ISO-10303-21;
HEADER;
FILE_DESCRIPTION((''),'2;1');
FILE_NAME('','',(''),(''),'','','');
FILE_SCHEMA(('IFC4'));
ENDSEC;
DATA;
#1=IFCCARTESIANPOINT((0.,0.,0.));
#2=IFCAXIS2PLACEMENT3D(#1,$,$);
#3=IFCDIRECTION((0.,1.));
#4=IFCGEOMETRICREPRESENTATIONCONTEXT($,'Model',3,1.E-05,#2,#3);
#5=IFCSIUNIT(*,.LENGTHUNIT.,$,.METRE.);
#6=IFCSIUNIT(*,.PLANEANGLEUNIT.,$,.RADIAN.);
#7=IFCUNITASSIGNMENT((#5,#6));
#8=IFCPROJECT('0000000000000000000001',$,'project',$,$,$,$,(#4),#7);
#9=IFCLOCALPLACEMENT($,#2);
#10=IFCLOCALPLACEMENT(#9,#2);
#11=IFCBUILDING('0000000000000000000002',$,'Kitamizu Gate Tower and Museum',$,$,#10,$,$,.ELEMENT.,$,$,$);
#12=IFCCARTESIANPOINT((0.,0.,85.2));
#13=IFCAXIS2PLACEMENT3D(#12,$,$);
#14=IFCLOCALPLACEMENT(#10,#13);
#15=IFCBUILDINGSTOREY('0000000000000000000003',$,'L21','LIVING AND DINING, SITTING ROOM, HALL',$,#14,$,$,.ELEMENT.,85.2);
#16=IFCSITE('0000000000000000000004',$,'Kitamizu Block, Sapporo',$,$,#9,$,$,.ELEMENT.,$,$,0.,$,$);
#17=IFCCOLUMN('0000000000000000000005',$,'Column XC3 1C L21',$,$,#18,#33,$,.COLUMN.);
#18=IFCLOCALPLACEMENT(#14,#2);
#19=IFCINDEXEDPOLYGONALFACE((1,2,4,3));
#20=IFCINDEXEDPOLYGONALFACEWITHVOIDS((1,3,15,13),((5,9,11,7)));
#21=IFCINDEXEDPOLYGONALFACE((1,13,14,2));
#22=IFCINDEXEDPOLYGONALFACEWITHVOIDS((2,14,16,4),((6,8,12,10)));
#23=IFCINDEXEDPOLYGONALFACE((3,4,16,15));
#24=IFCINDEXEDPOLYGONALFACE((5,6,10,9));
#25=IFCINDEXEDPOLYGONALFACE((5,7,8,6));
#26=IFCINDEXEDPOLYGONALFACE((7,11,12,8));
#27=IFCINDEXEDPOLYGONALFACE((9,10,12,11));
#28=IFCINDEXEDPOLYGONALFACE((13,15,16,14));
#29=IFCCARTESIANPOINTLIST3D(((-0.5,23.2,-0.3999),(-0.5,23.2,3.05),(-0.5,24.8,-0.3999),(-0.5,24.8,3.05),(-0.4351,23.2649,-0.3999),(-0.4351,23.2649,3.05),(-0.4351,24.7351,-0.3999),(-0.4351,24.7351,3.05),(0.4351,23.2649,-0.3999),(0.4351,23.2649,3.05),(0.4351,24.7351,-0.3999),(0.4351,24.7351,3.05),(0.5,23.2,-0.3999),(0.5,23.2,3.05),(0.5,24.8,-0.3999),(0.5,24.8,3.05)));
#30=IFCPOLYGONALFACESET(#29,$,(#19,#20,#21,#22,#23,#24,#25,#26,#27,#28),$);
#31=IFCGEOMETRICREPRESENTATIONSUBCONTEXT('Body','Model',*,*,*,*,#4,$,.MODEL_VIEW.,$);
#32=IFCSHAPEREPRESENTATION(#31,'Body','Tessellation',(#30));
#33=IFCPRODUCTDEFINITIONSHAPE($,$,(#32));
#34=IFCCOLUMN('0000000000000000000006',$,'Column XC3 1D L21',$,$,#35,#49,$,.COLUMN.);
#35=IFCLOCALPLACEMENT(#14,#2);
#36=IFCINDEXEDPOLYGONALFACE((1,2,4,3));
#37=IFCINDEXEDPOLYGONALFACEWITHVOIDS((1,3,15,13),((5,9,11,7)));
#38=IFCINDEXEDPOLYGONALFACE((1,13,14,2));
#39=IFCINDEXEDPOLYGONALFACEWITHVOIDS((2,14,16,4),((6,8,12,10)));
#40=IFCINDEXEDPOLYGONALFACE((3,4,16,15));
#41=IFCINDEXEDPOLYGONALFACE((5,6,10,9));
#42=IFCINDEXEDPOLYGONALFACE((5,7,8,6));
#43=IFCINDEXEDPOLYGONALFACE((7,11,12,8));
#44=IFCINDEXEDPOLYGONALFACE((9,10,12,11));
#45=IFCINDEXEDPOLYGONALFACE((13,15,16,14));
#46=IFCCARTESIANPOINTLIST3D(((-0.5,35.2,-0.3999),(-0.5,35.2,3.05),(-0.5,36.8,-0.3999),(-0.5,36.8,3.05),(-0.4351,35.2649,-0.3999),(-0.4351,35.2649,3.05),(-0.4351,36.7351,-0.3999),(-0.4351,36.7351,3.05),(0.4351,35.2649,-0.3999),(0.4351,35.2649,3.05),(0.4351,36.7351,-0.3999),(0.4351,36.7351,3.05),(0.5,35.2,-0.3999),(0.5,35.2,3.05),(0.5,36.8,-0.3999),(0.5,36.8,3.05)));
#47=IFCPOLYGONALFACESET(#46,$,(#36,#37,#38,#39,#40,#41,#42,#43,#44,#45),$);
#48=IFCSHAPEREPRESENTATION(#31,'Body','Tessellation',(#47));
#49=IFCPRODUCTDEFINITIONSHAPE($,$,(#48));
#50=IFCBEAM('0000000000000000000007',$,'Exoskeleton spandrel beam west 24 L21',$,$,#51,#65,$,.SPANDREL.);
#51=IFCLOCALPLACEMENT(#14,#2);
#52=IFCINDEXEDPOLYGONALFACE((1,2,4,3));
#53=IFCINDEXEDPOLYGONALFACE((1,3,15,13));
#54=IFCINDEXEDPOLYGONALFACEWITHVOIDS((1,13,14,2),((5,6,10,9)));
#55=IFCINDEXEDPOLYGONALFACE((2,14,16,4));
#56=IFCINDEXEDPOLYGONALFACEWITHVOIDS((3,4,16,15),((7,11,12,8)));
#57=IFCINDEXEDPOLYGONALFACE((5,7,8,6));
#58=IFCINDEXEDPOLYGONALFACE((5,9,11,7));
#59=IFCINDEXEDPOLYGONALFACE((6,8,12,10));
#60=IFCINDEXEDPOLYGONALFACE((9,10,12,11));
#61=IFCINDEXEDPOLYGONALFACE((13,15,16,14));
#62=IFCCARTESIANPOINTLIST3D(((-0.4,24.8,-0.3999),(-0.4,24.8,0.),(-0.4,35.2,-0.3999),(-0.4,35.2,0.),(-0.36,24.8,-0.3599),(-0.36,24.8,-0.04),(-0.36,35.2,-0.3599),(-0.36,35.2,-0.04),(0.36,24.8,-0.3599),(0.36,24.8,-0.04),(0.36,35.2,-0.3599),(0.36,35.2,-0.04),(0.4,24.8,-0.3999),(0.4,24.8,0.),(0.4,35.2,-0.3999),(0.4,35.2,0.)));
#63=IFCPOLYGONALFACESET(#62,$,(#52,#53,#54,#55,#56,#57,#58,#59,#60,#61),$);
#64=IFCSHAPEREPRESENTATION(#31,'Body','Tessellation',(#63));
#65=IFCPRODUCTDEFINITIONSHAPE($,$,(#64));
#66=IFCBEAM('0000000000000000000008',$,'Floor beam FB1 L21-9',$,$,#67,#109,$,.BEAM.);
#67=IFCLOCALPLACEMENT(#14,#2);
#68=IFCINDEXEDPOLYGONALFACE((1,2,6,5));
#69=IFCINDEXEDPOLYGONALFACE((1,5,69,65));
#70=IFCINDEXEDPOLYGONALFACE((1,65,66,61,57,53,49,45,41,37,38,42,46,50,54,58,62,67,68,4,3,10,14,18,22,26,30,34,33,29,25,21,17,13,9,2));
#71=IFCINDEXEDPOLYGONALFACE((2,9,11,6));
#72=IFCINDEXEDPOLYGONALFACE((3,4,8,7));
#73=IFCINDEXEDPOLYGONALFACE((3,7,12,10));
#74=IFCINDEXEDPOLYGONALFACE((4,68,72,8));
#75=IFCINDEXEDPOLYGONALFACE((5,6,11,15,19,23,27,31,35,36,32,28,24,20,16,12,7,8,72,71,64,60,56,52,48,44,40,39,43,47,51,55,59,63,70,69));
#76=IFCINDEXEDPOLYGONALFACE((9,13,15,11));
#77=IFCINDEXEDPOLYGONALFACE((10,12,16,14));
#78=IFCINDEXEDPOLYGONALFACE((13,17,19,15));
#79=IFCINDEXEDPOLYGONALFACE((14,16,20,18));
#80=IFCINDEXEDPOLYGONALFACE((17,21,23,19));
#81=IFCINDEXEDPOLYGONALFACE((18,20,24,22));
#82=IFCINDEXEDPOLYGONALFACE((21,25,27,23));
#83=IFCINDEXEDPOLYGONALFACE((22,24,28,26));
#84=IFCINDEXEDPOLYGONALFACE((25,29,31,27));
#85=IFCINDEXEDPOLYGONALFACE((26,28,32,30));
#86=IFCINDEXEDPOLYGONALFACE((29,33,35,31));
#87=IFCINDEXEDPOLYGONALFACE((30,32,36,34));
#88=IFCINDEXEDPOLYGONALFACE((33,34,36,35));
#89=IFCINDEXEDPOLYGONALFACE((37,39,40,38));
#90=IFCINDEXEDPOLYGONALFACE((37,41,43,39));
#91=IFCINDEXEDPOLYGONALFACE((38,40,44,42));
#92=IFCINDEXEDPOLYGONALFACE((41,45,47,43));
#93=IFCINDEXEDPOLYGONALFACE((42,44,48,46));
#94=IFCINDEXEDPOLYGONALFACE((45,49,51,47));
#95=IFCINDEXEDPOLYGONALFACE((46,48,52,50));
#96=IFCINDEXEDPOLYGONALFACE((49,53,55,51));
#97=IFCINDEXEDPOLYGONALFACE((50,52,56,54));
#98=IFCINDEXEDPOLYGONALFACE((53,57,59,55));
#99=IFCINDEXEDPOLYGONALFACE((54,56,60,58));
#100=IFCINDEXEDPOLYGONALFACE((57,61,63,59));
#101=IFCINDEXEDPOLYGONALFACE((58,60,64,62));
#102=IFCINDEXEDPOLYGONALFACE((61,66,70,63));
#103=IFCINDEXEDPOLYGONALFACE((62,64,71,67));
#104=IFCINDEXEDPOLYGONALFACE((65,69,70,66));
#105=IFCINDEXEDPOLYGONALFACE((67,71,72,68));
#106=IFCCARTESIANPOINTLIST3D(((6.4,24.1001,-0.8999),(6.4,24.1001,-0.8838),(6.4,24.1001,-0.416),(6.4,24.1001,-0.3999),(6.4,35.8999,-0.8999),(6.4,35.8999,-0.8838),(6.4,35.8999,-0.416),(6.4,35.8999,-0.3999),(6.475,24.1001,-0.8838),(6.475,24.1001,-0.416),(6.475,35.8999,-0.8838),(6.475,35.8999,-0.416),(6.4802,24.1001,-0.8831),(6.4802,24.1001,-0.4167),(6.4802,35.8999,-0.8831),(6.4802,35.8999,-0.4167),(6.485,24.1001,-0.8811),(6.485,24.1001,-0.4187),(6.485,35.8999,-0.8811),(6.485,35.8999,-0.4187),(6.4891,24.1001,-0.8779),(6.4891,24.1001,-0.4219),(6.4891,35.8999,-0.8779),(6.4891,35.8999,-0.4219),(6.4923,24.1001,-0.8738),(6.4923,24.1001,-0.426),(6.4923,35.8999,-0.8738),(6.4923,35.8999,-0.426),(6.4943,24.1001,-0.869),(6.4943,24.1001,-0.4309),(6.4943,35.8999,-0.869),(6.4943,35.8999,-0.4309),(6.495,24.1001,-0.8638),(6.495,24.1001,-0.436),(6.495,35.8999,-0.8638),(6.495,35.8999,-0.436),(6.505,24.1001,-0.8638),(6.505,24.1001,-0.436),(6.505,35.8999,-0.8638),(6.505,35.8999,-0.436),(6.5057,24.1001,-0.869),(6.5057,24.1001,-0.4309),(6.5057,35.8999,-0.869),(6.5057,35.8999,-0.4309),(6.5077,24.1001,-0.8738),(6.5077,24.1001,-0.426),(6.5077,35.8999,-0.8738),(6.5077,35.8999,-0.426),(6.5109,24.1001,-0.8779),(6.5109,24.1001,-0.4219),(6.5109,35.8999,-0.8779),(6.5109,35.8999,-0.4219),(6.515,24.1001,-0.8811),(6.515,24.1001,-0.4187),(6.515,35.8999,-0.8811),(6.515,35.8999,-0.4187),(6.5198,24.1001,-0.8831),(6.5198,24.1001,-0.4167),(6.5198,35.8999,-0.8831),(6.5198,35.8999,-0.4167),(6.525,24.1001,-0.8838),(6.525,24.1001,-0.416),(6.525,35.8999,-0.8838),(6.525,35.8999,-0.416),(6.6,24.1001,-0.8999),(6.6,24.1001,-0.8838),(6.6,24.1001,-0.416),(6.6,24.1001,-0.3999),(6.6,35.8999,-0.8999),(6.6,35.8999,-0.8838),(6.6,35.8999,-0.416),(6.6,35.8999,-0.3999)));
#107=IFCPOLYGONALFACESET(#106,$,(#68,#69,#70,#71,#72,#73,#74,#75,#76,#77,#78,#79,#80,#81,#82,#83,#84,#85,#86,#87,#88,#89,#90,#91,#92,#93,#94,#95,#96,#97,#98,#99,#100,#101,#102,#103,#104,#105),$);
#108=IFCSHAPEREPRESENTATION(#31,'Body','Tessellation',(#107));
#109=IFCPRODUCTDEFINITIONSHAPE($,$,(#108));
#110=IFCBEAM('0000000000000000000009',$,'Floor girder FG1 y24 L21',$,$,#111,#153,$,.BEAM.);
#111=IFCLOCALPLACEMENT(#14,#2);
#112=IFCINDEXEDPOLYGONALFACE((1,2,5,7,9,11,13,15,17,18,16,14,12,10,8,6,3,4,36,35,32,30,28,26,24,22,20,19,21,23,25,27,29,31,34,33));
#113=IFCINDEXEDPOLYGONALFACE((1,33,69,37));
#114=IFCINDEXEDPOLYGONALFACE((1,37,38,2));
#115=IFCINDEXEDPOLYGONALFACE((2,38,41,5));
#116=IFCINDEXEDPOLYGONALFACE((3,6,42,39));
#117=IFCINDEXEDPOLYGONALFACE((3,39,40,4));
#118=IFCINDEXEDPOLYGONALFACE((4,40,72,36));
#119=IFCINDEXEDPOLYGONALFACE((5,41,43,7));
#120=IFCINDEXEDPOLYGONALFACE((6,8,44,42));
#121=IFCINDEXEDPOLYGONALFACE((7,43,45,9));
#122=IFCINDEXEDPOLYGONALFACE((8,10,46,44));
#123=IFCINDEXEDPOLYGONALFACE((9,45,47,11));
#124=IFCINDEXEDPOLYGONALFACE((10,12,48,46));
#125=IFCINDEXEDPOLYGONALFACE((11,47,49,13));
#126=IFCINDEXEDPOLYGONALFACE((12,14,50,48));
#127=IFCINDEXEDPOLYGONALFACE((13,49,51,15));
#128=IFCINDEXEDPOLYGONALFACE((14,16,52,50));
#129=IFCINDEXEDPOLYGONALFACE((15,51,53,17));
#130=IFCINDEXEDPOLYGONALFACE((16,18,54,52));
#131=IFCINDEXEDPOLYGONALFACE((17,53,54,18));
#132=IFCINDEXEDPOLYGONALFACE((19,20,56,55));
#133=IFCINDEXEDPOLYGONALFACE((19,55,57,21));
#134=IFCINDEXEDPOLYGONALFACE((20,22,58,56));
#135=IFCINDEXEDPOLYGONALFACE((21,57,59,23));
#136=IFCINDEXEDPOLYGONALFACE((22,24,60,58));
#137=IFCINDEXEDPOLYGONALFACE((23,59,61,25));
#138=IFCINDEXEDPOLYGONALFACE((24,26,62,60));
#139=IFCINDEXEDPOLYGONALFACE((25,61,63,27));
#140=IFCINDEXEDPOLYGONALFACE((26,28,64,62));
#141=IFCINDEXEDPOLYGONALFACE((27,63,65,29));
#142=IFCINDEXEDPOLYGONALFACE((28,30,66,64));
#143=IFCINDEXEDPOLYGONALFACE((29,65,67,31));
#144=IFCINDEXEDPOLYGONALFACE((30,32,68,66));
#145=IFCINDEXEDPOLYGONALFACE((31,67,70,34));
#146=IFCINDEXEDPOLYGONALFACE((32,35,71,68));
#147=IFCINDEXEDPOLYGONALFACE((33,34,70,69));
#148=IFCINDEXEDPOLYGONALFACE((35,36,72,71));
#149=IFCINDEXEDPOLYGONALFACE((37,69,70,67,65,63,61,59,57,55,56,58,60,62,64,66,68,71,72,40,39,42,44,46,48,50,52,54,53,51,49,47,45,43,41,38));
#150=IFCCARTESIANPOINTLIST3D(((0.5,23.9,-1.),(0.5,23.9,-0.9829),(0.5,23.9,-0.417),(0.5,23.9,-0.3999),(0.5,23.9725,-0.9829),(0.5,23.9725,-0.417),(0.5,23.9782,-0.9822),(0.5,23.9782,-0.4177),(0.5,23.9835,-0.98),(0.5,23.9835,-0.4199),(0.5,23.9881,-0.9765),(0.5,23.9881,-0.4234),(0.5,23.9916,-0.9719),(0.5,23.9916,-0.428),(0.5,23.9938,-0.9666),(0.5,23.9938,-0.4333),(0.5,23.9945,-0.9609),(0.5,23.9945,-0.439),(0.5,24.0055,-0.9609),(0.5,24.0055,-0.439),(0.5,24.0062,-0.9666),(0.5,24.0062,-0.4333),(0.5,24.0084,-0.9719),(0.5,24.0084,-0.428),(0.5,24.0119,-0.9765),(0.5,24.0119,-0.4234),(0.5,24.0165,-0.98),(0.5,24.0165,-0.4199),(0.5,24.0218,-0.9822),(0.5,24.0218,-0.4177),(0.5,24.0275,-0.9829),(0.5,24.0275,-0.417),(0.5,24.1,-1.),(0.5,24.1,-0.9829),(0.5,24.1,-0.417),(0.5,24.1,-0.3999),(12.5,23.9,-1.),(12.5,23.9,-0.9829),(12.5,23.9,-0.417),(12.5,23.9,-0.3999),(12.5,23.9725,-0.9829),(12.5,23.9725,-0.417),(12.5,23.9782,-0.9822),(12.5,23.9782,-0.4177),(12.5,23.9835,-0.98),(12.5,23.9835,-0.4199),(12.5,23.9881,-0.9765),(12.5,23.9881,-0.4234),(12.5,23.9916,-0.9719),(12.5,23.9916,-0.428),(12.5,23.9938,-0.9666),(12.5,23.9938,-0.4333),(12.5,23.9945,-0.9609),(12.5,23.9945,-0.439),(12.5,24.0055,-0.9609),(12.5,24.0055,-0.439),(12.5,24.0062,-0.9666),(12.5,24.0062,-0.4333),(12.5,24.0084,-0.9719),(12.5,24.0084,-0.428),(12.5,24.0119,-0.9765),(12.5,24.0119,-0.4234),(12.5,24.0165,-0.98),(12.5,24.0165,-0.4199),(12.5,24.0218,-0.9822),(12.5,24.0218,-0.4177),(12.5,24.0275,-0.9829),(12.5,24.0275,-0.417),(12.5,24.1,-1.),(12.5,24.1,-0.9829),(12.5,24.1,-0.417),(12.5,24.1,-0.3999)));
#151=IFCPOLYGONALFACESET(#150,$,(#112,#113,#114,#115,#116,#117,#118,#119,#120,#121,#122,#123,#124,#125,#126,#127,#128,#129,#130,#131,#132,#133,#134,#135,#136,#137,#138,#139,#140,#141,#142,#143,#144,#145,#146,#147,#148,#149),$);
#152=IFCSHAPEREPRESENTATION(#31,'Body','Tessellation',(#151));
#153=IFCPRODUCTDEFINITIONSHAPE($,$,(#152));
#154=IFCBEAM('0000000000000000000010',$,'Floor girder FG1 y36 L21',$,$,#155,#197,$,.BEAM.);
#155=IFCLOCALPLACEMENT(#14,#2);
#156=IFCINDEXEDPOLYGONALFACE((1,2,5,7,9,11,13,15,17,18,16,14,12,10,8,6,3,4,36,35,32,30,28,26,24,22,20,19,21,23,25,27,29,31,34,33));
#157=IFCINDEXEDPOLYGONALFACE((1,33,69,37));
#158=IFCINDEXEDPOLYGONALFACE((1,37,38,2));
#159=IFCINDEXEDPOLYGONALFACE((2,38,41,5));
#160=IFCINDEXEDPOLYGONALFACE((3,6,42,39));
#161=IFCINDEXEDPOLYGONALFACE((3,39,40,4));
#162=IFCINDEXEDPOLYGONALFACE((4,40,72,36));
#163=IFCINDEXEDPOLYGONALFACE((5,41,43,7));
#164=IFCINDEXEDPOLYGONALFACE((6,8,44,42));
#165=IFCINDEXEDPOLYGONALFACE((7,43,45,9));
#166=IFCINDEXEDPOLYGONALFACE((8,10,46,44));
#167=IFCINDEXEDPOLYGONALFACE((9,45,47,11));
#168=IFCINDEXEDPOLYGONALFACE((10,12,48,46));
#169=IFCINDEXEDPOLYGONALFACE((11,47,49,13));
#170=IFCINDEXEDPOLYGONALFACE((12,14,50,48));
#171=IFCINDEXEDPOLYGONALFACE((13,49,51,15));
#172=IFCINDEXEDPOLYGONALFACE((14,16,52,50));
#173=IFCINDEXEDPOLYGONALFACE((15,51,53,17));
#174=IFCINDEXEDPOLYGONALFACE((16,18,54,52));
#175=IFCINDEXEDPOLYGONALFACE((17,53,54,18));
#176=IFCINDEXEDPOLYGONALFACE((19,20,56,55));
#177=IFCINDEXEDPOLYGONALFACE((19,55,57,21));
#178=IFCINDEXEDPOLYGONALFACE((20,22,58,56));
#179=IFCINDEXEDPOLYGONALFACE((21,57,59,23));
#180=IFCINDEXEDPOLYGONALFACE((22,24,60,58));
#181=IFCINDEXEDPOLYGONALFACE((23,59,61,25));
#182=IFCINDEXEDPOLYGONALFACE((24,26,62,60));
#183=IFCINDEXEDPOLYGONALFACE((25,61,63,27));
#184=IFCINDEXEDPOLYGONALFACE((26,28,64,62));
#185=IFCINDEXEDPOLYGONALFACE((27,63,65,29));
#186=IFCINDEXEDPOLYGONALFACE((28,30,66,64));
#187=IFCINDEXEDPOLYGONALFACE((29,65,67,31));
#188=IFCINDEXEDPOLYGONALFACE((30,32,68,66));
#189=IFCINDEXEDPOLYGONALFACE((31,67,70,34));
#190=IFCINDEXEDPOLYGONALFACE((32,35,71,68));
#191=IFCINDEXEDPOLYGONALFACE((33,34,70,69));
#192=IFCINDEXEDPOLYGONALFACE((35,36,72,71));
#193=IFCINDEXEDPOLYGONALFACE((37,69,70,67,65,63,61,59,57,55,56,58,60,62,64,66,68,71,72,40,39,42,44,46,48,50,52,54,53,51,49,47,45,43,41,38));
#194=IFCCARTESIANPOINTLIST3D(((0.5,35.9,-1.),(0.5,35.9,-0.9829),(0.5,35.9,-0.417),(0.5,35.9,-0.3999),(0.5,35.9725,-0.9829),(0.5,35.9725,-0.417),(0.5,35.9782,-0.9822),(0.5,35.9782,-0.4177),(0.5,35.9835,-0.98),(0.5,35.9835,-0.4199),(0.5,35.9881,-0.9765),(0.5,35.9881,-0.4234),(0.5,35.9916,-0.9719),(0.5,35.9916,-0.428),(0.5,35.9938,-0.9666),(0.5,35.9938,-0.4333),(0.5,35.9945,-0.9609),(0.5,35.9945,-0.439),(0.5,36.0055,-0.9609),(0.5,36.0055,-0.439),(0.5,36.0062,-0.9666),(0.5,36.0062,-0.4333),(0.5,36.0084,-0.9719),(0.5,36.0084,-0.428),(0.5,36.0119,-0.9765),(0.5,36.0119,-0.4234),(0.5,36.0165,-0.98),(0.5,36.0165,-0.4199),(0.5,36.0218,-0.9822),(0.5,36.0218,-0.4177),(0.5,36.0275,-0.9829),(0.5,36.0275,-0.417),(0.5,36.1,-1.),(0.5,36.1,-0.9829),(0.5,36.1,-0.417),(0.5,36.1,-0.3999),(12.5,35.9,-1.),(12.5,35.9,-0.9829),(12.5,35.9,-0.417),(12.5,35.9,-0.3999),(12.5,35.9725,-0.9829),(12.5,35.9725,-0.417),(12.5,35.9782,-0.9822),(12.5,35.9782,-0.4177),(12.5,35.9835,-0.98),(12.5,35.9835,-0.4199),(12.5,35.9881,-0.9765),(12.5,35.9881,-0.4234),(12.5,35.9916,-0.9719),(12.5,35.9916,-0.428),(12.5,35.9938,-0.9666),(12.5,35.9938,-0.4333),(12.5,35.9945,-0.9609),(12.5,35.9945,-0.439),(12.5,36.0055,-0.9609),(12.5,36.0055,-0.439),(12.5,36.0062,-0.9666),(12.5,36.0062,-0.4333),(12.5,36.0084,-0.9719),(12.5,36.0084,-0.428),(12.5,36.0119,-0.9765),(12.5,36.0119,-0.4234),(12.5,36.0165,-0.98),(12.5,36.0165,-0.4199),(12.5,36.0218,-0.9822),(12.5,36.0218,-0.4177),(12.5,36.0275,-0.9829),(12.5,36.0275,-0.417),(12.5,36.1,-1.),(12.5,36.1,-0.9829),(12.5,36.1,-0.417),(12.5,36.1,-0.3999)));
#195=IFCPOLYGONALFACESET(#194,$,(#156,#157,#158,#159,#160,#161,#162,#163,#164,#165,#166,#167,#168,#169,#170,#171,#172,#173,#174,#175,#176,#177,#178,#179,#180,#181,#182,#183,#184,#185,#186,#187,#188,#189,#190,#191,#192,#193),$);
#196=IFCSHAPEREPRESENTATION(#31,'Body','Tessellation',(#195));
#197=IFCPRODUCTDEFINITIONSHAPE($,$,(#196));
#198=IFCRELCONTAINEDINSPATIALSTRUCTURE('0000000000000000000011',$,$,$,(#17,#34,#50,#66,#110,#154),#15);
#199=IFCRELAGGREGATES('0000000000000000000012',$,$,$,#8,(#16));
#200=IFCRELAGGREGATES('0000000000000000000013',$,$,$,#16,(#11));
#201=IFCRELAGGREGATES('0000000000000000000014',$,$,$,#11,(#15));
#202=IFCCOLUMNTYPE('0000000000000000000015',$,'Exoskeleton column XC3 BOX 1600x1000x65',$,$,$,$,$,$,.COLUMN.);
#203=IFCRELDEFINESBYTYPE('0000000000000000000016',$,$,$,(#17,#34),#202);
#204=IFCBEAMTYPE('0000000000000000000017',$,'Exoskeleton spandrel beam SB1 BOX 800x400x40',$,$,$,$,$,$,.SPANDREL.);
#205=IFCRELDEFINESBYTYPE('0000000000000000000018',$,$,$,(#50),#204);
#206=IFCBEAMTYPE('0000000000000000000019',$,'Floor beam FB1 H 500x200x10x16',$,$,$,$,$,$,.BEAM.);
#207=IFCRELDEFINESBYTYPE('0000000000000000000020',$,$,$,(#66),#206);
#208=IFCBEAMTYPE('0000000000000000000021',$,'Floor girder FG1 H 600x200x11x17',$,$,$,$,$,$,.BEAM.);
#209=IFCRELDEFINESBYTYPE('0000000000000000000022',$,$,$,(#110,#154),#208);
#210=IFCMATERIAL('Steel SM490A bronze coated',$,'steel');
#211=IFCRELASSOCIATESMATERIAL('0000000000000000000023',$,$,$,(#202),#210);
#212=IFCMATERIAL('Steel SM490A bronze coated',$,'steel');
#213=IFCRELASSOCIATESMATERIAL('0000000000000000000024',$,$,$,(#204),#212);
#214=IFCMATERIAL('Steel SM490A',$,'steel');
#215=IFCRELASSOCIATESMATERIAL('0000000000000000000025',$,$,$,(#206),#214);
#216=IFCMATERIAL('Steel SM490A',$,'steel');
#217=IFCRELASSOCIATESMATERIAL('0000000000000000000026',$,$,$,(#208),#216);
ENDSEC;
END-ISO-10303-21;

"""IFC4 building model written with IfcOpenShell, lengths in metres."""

from ifc_helpers import new_model, si_unit, direction, frame, origin, origin_2d, place, context, subcontext, project, spatial, hollow_rectangle, i_section, extrude, material, material_profile, profile_set, type_object, element, save


model = new_model("IFC4")

# Units and contexts
model_context = context("Model", 3, precision=1e-05, world=origin(), true_north=direction((0.0, 1.0)))
body_context = subcontext(model_context, "Body", "Model", "MODEL_VIEW")
ifc_project = project(units=[si_unit("LENGTHUNIT", "METRE"), si_unit("PLANEANGLEUNIT", "RADIAN")], contexts=[model_context])

# Site, building, storey
site_placement = place(None, origin())
site = spatial("IfcSite", under=ifc_project, at=site_placement, Name="Kitamizu Block, Sapporo", CompositionType="ELEMENT", RefElevation=0.0)
building_placement = place(site_placement, origin())
building = spatial("IfcBuilding", under=site, at=building_placement, Name="Kitamizu Gate Tower and Museum", CompositionType="ELEMENT")
storey_placement = place(building_placement, frame((0.0, 0.0, 85.2)))
storey = spatial("IfcBuildingStorey", under=building, at=storey_placement, Name="L21", Description="LIVING AND DINING, SITTING ROOM, HALL", CompositionType="ELEMENT", Elevation=85.2)

# Columns
ifc_material_1 = material(Name="Steel SM490A bronze coated", Category="steel")
ifc_material_profile_1 = material_profile(ifc_material_1, hollow_rectangle(XDim=1.6001, YDim=1.0, WallThickness=0.0649, at=origin_2d()), Name="BOX 1600x1000x65")
ifc_profile_set_1 = profile_set([ifc_material_profile_1], Name="Steel SM490A bronze coated")
column_type = type_object("IfcColumnType", Name="Exoskeleton column XC3 BOX 1600x1000x65", PredefinedType="COLUMN", material=ifc_profile_set_1)
for number, where, z_axis, x_axis, name in (
    (1, (0.0, 24.0, -0.3999), (0.0, 0.0, 1.0), (0.0, 1.0, 0.0), "Column XC3 1C L21"),
    (2, (0.0, 36.0, -0.3999), (0.0, 0.0, 1.0), (0.0, 1.0, 0.0), "Column XC3 1D L21"),
):
    element("IfcColumn", number, at=place(storey_placement, frame(where, z_axis=z_axis, x_axis=x_axis)), inside=storey, type_object=column_type, Name=name, PredefinedType="COLUMN", context=body_context, shape_type="SweptSolid", body=[
        extrude(hollow_rectangle(XDim=1.6001, YDim=1.0, WallThickness=0.0649, at=origin_2d()), origin(), (0.0, 0.0, 1.0), 3.45),
    ])

# Beams
ifc_material_2 = material(Name="Steel SM490A bronze coated", Category="steel")
ifc_material_profile_2 = material_profile(ifc_material_2, hollow_rectangle(XDim=0.8, YDim=0.3999, WallThickness=0.04, at=origin_2d()), Name="BOX 800x400x40")
ifc_profile_set_2 = profile_set([ifc_material_profile_2], Name="Steel SM490A bronze coated")
beam_type_1 = type_object("IfcBeamType", Name="Exoskeleton spandrel beam SB1 BOX 800x400x40", PredefinedType="SPANDREL", material=ifc_profile_set_2)
beam_1_placement = place(storey_placement, frame((0.0, 24.8, -0.2), z_axis=(0.0, 1.0, 0.0), x_axis=(-1.0, 0.0, 0.0)))
element("IfcBeam", 3, at=beam_1_placement, inside=storey, type_object=beam_type_1, Name="Exoskeleton spandrel beam west 24 L21", PredefinedType="SPANDREL", context=body_context, shape_type="SweptSolid", body=[
    extrude(hollow_rectangle(XDim=0.8, YDim=0.3999, WallThickness=0.04, at=origin_2d()), origin(), (0.0, 0.0, 1.0), 10.3999),
])
ifc_material_3 = material(Name="Steel SM490A", Category="steel")
ifc_material_profile_3 = material_profile(ifc_material_3, i_section(OverallWidth=0.2, OverallDepth=0.5, WebThickness=0.01, FlangeThickness=0.0161, FilletRadius=0.02, at=origin_2d()), Name="H-500x200x10x16")
ifc_profile_set_3 = profile_set([ifc_material_profile_3], Name="Steel SM490A")
beam_type_2 = type_object("IfcBeamType", Name="Floor beam FB1 H 500x200x10x16", PredefinedType="BEAM", material=ifc_profile_set_3)
beam_2_placement = place(storey_placement, frame((6.5, 24.1001, -0.6499), z_axis=(0.0, 1.0, 0.0), x_axis=(-1.0, 0.0, 0.0)))
element("IfcBeam", 4, at=beam_2_placement, inside=storey, type_object=beam_type_2, Name="Floor beam FB1 L21-9", PredefinedType="BEAM", context=body_context, shape_type="SweptSolid", body=[
    extrude(i_section(OverallWidth=0.2, OverallDepth=0.5, WebThickness=0.01, FlangeThickness=0.0161, FilletRadius=0.02, at=origin_2d()), origin(), (0.0, 0.0, 1.0), 11.7998),
])
ifc_material_4 = material(Name="Steel SM490A", Category="steel")
ifc_material_profile_4 = material_profile(ifc_material_4, i_section(OverallWidth=0.2, OverallDepth=0.6001, WebThickness=0.011, FlangeThickness=0.0171, FilletRadius=0.022, at=origin_2d()), Name="H-600x200x11x17")
ifc_profile_set_4 = profile_set([ifc_material_profile_4], Name="Steel SM490A")
beam_type_3 = type_object("IfcBeamType", Name="Floor girder FG1 H 600x200x11x17", PredefinedType="BEAM", material=ifc_profile_set_4)
for number, where, z_axis, x_axis, name in (
    (5, (0.5, 24.0, -0.7), (1.0, 0.0, 0.0), (0.0, 1.0, 0.0), "Floor girder FG1 y24 L21"),
    (6, (0.5, 36.0, -0.7), (1.0, 0.0, 0.0), (0.0, 1.0, 0.0), "Floor girder FG1 y36 L21"),
):
    element("IfcBeam", number, at=place(storey_placement, frame(where, z_axis=z_axis, x_axis=x_axis)), inside=storey, type_object=beam_type_3, Name=name, PredefinedType="BEAM", context=body_context, shape_type="SweptSolid", body=[
        extrude(i_section(OverallWidth=0.2, OverallDepth=0.6001, WebThickness=0.011, FlangeThickness=0.0171, FilletRadius=0.022, at=origin_2d()), origin(), (0.0, 0.0, 1.0), 12.0),
    ])

save(model, "model.ifc")
